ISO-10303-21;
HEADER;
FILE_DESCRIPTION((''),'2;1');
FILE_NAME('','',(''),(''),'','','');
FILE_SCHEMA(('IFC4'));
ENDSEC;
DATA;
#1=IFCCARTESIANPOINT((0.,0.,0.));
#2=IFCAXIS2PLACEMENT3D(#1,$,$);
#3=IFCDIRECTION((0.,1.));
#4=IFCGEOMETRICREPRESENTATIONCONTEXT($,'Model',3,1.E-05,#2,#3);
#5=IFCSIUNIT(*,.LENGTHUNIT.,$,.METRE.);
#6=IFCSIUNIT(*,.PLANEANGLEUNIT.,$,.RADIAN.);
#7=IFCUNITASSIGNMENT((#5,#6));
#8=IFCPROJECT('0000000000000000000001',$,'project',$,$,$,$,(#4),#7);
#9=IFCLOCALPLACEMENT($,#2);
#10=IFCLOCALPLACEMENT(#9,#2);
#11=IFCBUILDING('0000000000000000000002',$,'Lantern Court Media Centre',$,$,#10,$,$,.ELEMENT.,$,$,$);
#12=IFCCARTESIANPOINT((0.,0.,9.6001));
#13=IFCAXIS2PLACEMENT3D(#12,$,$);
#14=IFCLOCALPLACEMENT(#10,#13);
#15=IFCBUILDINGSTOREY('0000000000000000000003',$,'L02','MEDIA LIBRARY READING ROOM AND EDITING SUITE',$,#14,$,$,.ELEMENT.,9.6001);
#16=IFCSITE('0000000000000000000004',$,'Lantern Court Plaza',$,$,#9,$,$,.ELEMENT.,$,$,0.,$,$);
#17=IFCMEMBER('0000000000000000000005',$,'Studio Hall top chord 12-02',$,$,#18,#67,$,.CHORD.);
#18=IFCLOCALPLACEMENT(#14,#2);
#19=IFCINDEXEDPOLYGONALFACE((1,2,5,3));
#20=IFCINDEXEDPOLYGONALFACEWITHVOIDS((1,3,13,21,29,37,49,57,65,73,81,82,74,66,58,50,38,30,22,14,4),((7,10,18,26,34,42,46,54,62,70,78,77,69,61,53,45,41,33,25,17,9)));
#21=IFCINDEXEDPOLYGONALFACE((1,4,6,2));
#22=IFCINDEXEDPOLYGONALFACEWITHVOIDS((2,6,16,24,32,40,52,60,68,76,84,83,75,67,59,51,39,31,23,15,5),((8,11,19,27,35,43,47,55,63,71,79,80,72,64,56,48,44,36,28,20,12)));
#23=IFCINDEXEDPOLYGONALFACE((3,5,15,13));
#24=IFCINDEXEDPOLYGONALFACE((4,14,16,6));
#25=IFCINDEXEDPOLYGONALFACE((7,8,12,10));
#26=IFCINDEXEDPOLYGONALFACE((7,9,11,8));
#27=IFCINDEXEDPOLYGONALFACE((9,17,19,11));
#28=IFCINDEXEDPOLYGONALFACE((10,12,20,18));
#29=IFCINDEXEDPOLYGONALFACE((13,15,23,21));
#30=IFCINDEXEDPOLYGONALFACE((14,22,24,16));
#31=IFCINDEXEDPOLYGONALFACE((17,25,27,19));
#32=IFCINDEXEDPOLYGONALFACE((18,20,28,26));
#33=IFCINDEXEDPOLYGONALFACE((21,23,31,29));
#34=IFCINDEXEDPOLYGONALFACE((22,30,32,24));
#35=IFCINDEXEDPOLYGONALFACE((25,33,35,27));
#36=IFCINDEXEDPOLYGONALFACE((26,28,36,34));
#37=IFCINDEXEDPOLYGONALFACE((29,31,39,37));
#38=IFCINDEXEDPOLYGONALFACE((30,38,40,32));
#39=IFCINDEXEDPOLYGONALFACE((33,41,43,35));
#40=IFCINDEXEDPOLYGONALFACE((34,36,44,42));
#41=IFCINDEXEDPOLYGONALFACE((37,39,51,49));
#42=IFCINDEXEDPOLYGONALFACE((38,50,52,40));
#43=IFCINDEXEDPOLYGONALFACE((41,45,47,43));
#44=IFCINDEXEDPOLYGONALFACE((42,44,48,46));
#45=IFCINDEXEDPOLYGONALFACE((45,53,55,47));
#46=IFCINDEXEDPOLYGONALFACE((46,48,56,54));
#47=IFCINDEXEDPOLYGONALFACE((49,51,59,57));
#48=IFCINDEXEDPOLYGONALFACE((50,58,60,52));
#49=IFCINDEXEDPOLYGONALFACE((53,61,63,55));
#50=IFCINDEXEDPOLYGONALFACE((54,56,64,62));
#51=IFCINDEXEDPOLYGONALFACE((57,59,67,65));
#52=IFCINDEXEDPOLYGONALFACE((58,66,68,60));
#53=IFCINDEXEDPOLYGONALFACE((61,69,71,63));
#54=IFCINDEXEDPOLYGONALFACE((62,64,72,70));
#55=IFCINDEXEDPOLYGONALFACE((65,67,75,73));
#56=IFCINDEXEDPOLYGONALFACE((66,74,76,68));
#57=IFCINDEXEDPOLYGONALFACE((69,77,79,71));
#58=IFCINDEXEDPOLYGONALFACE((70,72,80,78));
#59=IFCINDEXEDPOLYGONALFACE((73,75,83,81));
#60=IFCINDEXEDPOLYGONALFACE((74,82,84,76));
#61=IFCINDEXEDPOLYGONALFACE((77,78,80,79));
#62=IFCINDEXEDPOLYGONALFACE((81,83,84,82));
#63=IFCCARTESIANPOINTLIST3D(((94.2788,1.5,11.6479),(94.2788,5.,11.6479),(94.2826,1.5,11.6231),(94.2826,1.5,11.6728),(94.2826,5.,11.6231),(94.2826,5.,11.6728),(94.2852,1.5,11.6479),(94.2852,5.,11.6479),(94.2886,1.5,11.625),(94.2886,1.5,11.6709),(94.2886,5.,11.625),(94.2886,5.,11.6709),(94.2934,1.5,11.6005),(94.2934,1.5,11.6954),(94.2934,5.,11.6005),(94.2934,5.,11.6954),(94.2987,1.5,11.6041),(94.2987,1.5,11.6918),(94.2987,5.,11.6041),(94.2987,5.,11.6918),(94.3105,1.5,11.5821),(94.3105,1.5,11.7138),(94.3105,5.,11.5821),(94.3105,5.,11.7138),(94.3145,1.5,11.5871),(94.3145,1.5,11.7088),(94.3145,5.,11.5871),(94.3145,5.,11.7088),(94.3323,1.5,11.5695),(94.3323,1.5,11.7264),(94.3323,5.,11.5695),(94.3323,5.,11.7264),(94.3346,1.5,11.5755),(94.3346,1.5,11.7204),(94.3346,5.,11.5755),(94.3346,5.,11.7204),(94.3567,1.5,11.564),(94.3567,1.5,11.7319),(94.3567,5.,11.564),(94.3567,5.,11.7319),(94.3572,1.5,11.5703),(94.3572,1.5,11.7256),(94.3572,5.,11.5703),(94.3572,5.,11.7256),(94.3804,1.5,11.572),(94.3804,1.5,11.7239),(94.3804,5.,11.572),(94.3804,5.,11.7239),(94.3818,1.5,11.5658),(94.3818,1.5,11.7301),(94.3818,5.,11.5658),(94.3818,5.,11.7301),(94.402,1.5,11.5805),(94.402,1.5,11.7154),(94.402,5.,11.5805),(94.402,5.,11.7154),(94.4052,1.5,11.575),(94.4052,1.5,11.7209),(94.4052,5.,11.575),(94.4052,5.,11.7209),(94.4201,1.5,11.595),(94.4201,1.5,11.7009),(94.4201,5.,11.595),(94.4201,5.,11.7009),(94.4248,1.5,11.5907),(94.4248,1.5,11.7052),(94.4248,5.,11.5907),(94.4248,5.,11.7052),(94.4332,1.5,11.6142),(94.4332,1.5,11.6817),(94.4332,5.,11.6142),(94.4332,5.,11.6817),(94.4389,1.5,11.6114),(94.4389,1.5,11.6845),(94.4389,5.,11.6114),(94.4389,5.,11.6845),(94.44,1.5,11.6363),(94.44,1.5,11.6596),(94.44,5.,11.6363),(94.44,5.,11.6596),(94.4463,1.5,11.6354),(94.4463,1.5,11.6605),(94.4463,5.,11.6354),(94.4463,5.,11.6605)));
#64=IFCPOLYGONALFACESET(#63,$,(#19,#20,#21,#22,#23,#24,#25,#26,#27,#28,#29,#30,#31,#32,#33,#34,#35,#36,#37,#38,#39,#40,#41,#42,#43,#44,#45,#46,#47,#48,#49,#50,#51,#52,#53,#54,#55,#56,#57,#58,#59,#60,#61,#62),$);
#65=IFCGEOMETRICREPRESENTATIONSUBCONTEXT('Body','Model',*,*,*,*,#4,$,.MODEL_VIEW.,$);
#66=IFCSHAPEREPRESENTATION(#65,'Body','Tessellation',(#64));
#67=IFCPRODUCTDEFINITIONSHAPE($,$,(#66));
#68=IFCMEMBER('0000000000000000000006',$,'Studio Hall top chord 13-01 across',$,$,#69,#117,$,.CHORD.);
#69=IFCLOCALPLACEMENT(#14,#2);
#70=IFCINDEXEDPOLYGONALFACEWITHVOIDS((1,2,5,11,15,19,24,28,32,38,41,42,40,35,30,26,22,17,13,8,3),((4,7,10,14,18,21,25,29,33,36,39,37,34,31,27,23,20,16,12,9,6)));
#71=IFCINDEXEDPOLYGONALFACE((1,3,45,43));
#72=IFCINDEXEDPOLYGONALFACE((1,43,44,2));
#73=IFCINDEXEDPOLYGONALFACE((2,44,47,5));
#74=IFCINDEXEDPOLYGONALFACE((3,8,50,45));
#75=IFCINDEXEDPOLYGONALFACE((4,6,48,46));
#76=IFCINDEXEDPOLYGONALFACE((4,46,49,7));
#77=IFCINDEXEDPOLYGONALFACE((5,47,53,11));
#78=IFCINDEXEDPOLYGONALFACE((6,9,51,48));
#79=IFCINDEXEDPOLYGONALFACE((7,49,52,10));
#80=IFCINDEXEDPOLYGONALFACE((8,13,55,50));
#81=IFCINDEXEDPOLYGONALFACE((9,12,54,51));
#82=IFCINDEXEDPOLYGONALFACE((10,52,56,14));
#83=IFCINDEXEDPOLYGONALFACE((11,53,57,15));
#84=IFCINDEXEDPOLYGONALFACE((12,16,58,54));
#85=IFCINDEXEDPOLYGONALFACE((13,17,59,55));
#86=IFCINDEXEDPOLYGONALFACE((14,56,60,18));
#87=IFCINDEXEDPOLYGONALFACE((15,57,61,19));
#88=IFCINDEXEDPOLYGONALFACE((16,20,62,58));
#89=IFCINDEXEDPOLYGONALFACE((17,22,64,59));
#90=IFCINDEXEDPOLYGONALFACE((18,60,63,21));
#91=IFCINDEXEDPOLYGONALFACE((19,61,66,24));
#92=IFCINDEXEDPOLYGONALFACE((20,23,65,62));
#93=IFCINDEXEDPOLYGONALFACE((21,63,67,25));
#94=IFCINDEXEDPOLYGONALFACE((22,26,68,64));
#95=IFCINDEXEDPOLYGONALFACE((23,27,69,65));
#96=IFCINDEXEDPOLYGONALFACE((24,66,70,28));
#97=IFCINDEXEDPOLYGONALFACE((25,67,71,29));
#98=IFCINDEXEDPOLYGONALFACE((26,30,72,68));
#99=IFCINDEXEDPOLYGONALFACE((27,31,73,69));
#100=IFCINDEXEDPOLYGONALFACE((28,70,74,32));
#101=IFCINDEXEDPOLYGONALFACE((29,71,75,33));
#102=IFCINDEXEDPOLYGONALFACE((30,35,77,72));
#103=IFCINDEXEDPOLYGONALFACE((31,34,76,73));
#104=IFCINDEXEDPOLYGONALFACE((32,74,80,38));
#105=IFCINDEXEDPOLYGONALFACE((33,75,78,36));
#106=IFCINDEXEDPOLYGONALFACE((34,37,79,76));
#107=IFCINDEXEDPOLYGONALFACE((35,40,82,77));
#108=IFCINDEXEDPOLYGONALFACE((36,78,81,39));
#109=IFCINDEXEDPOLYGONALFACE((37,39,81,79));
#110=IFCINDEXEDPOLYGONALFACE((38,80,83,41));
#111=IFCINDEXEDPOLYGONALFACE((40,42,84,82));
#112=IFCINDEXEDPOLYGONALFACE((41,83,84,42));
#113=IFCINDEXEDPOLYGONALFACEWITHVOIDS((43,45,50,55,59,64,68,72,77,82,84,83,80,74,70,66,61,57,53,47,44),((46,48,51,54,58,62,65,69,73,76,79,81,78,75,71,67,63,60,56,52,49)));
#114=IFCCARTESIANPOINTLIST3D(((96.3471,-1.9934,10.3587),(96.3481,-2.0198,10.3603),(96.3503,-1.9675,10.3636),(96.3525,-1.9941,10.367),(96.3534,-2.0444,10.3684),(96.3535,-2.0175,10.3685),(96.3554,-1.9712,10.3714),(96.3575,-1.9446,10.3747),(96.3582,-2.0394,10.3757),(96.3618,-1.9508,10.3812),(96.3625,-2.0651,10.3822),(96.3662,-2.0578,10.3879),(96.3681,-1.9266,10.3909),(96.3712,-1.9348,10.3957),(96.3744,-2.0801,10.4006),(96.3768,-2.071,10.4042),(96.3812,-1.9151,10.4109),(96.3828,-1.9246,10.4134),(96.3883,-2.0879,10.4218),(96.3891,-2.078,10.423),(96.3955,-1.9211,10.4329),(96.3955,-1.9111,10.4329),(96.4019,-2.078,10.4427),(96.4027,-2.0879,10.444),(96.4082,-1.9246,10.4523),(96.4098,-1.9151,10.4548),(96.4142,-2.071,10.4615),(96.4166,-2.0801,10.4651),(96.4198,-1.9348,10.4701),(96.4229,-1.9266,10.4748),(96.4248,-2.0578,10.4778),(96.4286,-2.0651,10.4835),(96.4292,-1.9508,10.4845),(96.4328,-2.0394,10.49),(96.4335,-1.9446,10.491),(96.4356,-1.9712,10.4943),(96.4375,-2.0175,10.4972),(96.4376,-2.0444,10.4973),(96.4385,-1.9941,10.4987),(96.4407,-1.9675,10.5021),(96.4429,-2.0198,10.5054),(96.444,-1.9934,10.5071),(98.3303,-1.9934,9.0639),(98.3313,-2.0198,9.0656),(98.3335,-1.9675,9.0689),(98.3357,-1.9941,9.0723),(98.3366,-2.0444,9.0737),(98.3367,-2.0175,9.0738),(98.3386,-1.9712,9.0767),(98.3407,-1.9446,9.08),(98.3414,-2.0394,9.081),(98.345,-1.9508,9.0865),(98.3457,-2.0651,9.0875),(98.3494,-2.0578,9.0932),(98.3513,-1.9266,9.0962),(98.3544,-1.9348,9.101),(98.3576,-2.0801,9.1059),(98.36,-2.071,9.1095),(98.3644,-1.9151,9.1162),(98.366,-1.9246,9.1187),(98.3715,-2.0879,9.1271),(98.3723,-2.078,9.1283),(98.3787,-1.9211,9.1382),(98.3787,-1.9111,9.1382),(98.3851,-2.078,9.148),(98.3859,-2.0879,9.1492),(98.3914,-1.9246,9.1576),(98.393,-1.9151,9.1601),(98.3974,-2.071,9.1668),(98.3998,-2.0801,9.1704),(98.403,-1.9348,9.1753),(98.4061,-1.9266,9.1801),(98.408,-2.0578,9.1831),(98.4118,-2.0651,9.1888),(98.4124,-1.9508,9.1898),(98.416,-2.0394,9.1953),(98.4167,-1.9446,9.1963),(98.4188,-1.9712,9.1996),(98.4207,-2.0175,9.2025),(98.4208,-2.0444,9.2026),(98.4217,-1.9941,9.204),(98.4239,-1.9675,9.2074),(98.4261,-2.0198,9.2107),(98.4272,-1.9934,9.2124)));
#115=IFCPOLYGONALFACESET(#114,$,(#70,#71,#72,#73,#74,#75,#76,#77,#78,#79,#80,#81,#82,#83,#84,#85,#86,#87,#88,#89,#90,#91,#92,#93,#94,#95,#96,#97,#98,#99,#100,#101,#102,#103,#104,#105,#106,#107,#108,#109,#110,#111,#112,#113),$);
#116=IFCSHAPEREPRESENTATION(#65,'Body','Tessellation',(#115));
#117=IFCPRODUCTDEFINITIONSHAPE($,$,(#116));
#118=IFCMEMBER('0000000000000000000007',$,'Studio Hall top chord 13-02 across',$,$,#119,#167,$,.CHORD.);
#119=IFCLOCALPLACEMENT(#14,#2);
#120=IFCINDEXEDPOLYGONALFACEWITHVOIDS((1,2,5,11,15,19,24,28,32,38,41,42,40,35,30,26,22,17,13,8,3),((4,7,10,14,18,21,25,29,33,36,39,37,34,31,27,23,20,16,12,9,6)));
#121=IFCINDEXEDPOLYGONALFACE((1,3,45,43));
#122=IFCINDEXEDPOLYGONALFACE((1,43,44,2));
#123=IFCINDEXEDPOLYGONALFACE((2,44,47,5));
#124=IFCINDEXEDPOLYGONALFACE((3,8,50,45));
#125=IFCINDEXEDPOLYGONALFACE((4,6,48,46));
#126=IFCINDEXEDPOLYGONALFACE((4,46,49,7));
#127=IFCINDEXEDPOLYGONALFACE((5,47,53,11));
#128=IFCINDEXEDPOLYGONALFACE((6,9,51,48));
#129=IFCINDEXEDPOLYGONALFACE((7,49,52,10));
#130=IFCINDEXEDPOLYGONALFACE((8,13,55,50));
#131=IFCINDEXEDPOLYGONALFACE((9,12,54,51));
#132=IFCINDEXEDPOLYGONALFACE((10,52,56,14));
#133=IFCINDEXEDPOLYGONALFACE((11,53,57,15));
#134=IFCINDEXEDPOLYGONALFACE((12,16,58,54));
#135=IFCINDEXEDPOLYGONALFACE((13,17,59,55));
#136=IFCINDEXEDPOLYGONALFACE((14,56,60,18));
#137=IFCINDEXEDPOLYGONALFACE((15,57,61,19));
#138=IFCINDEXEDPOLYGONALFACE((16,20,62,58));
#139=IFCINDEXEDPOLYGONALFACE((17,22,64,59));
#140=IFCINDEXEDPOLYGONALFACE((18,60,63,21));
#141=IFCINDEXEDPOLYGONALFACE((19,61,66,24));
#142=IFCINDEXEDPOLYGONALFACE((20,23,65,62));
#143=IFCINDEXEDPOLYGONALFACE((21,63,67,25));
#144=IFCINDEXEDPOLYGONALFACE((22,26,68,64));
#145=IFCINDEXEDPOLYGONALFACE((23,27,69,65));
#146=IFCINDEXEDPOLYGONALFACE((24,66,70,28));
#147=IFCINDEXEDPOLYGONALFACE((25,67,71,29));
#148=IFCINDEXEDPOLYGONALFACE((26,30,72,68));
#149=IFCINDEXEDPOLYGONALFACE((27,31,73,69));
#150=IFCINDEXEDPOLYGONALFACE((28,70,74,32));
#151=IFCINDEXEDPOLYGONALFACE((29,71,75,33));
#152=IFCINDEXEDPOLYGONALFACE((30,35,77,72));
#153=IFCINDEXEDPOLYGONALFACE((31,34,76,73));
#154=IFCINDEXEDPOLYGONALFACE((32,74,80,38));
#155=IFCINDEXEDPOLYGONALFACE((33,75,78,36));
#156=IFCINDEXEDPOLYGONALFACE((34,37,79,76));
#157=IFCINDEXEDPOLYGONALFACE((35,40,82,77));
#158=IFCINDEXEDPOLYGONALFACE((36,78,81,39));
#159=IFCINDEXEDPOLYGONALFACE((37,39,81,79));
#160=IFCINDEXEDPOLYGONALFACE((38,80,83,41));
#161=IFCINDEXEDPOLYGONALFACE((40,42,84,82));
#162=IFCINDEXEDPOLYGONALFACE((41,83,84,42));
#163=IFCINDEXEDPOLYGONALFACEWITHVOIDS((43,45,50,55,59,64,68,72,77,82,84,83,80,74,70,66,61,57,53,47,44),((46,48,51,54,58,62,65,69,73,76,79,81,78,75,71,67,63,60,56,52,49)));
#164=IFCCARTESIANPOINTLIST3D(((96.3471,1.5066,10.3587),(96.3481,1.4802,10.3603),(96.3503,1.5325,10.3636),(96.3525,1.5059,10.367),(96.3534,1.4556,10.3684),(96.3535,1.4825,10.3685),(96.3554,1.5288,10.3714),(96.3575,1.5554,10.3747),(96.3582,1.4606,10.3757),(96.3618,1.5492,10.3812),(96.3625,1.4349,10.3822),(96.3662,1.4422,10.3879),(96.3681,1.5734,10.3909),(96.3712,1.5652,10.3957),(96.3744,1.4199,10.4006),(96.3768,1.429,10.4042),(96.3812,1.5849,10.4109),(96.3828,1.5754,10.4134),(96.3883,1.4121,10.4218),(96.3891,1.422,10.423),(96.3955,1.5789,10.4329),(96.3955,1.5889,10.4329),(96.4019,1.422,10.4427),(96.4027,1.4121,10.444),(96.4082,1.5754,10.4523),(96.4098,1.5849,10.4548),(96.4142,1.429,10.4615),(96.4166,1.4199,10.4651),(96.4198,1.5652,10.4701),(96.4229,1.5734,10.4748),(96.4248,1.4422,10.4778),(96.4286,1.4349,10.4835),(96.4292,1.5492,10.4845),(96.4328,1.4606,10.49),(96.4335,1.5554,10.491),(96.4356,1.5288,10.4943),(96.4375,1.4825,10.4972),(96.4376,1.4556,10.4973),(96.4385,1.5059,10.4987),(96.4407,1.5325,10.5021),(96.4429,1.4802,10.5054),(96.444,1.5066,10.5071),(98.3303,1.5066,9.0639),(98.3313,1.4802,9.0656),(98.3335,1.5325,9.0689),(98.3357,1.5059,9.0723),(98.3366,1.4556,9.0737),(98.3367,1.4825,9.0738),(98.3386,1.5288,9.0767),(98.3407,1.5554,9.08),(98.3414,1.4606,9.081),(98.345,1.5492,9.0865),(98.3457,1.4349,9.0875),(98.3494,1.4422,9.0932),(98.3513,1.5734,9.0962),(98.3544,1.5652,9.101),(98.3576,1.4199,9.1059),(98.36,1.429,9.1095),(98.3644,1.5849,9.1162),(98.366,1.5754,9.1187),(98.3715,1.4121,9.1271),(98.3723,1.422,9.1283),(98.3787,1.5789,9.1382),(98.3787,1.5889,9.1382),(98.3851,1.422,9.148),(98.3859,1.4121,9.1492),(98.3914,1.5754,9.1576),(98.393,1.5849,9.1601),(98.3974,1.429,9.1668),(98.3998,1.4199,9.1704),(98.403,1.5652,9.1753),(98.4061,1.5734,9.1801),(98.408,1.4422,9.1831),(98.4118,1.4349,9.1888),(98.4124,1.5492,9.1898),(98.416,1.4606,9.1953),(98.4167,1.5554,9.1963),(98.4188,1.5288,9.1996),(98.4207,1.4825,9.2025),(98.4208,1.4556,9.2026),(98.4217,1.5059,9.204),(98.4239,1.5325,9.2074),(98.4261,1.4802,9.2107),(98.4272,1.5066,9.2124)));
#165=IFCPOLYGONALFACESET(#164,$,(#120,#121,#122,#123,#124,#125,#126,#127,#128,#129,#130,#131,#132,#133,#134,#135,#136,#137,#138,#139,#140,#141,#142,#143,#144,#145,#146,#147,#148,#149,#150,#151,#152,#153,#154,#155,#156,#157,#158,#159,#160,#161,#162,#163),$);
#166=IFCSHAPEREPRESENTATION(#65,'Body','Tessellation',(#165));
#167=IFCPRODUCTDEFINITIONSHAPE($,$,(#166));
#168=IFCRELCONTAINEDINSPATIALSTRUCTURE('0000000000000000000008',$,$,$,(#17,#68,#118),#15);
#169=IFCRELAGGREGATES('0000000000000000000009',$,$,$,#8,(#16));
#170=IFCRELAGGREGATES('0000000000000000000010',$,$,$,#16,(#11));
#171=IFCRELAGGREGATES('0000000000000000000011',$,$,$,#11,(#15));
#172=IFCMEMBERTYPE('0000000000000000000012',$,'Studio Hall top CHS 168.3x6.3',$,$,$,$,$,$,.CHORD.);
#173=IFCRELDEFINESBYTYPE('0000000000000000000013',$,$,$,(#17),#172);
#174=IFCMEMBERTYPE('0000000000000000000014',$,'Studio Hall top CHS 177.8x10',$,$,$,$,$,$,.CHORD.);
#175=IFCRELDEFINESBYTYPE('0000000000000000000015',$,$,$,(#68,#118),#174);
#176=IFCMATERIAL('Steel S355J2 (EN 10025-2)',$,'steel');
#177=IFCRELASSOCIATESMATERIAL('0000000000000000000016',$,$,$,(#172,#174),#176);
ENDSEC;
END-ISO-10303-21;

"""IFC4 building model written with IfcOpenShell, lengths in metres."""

from ifc_helpers import new_model, si_unit, direction, frame, origin, origin_2d, place, context, subcontext, project, spatial, hollow_circle, extrude, material, material_profile, profile_set, type_object, element, save


model = new_model("IFC4")

# Units and contexts
model_context = context("Model", 3, precision=1e-05, world=origin(), true_north=direction((0.0, 1.0)))
body_context = subcontext(model_context, "Body", "Model", "MODEL_VIEW")
ifc_project = project(units=[si_unit("LENGTHUNIT", "METRE"), si_unit("PLANEANGLEUNIT", "RADIAN")], contexts=[model_context])

# Site, building, storey
site_placement = place(None, origin())
site = spatial("IfcSite", under=ifc_project, at=site_placement, Name="Lantern Court Plaza", CompositionType="ELEMENT", RefElevation=0.0)
building_placement = place(site_placement, origin())
building = spatial("IfcBuilding", under=site, at=building_placement, Name="Lantern Court Media Centre", CompositionType="ELEMENT")
storey_placement = place(building_placement, frame((0.0, 0.0, 9.6001)))
storey = spatial("IfcBuildingStorey", under=building, at=storey_placement, Name="L02", Description="MEDIA LIBRARY READING ROOM AND EDITING SUITE", CompositionType="ELEMENT", Elevation=9.6001)

# Members
ifc_material = material(Name="Steel S355J2 (EN 10025-2)", Category="steel")
ifc_material_profile_1 = material_profile(ifc_material, hollow_circle(Radius=0.0842, WallThickness=0.0063, at=origin_2d()), Name="Studio Hall top CHS 168.3x6.3")
ifc_profile_set_1 = profile_set([ifc_material_profile_1], Name="Steel S355J2 (EN 10025-2)")
member_type_1 = type_object("IfcMemberType", Name="Studio Hall top CHS 168.3x6.3", PredefinedType="CHORD", material=ifc_profile_set_1)
for number, where, z_axis, x_axis, name in (
    (1, (94.363, 1.5, 11.6479), (0.0, 1.0, 0.0), (-1.0, 0.0, 0.0), "Studio Hall top chord 12-02"),
):
    element("IfcMember", number, at=place(storey_placement, frame(where, z_axis=z_axis, x_axis=x_axis)), inside=storey, type_object=member_type_1, Name=name, PredefinedType="CHORD", context=body_context, shape_type="SweptSolid", body=[
        extrude(hollow_circle(Radius=0.0842, WallThickness=0.0063, at=origin_2d()), origin(), (0.0, 0.0, 1.0), 3.5),
    ])
ifc_material_profile_2 = material_profile(ifc_material, hollow_circle(Radius=0.0889, WallThickness=0.01, at=origin_2d()), Name="Studio Hall top CHS 177.8x10")
ifc_profile_set_2 = profile_set([ifc_material_profile_2], Name="Steel S355J2 (EN 10025-2)")
member_type_2 = type_object("IfcMemberType", Name="Studio Hall top CHS 177.8x10", PredefinedType="CHORD", material=ifc_profile_set_2)
for number, where, z_axis, x_axis, name in (
    (2, (96.3955, -2.0, 10.4329), (0.837356, 0.0, -0.546658), (0.0, 1.0, 0.0), "Studio Hall top chord 13-01 across"),
    (3, (96.3955, 1.5, 10.4329), (0.837356, 0.0, -0.546658), (0.0, 1.0, 0.0), "Studio Hall top chord 13-02 across"),
):
    element("IfcMember", number, at=place(storey_placement, frame(where, z_axis=z_axis, x_axis=x_axis)), inside=storey, type_object=member_type_2, Name=name, PredefinedType="CHORD", context=body_context, shape_type="SweptSolid", body=[
        extrude(hollow_circle(Radius=0.0889, WallThickness=0.01, at=origin_2d()), origin(), (0.0, 0.0, 1.0), 2.3684),
    ])

save(model, "model.ifc")
